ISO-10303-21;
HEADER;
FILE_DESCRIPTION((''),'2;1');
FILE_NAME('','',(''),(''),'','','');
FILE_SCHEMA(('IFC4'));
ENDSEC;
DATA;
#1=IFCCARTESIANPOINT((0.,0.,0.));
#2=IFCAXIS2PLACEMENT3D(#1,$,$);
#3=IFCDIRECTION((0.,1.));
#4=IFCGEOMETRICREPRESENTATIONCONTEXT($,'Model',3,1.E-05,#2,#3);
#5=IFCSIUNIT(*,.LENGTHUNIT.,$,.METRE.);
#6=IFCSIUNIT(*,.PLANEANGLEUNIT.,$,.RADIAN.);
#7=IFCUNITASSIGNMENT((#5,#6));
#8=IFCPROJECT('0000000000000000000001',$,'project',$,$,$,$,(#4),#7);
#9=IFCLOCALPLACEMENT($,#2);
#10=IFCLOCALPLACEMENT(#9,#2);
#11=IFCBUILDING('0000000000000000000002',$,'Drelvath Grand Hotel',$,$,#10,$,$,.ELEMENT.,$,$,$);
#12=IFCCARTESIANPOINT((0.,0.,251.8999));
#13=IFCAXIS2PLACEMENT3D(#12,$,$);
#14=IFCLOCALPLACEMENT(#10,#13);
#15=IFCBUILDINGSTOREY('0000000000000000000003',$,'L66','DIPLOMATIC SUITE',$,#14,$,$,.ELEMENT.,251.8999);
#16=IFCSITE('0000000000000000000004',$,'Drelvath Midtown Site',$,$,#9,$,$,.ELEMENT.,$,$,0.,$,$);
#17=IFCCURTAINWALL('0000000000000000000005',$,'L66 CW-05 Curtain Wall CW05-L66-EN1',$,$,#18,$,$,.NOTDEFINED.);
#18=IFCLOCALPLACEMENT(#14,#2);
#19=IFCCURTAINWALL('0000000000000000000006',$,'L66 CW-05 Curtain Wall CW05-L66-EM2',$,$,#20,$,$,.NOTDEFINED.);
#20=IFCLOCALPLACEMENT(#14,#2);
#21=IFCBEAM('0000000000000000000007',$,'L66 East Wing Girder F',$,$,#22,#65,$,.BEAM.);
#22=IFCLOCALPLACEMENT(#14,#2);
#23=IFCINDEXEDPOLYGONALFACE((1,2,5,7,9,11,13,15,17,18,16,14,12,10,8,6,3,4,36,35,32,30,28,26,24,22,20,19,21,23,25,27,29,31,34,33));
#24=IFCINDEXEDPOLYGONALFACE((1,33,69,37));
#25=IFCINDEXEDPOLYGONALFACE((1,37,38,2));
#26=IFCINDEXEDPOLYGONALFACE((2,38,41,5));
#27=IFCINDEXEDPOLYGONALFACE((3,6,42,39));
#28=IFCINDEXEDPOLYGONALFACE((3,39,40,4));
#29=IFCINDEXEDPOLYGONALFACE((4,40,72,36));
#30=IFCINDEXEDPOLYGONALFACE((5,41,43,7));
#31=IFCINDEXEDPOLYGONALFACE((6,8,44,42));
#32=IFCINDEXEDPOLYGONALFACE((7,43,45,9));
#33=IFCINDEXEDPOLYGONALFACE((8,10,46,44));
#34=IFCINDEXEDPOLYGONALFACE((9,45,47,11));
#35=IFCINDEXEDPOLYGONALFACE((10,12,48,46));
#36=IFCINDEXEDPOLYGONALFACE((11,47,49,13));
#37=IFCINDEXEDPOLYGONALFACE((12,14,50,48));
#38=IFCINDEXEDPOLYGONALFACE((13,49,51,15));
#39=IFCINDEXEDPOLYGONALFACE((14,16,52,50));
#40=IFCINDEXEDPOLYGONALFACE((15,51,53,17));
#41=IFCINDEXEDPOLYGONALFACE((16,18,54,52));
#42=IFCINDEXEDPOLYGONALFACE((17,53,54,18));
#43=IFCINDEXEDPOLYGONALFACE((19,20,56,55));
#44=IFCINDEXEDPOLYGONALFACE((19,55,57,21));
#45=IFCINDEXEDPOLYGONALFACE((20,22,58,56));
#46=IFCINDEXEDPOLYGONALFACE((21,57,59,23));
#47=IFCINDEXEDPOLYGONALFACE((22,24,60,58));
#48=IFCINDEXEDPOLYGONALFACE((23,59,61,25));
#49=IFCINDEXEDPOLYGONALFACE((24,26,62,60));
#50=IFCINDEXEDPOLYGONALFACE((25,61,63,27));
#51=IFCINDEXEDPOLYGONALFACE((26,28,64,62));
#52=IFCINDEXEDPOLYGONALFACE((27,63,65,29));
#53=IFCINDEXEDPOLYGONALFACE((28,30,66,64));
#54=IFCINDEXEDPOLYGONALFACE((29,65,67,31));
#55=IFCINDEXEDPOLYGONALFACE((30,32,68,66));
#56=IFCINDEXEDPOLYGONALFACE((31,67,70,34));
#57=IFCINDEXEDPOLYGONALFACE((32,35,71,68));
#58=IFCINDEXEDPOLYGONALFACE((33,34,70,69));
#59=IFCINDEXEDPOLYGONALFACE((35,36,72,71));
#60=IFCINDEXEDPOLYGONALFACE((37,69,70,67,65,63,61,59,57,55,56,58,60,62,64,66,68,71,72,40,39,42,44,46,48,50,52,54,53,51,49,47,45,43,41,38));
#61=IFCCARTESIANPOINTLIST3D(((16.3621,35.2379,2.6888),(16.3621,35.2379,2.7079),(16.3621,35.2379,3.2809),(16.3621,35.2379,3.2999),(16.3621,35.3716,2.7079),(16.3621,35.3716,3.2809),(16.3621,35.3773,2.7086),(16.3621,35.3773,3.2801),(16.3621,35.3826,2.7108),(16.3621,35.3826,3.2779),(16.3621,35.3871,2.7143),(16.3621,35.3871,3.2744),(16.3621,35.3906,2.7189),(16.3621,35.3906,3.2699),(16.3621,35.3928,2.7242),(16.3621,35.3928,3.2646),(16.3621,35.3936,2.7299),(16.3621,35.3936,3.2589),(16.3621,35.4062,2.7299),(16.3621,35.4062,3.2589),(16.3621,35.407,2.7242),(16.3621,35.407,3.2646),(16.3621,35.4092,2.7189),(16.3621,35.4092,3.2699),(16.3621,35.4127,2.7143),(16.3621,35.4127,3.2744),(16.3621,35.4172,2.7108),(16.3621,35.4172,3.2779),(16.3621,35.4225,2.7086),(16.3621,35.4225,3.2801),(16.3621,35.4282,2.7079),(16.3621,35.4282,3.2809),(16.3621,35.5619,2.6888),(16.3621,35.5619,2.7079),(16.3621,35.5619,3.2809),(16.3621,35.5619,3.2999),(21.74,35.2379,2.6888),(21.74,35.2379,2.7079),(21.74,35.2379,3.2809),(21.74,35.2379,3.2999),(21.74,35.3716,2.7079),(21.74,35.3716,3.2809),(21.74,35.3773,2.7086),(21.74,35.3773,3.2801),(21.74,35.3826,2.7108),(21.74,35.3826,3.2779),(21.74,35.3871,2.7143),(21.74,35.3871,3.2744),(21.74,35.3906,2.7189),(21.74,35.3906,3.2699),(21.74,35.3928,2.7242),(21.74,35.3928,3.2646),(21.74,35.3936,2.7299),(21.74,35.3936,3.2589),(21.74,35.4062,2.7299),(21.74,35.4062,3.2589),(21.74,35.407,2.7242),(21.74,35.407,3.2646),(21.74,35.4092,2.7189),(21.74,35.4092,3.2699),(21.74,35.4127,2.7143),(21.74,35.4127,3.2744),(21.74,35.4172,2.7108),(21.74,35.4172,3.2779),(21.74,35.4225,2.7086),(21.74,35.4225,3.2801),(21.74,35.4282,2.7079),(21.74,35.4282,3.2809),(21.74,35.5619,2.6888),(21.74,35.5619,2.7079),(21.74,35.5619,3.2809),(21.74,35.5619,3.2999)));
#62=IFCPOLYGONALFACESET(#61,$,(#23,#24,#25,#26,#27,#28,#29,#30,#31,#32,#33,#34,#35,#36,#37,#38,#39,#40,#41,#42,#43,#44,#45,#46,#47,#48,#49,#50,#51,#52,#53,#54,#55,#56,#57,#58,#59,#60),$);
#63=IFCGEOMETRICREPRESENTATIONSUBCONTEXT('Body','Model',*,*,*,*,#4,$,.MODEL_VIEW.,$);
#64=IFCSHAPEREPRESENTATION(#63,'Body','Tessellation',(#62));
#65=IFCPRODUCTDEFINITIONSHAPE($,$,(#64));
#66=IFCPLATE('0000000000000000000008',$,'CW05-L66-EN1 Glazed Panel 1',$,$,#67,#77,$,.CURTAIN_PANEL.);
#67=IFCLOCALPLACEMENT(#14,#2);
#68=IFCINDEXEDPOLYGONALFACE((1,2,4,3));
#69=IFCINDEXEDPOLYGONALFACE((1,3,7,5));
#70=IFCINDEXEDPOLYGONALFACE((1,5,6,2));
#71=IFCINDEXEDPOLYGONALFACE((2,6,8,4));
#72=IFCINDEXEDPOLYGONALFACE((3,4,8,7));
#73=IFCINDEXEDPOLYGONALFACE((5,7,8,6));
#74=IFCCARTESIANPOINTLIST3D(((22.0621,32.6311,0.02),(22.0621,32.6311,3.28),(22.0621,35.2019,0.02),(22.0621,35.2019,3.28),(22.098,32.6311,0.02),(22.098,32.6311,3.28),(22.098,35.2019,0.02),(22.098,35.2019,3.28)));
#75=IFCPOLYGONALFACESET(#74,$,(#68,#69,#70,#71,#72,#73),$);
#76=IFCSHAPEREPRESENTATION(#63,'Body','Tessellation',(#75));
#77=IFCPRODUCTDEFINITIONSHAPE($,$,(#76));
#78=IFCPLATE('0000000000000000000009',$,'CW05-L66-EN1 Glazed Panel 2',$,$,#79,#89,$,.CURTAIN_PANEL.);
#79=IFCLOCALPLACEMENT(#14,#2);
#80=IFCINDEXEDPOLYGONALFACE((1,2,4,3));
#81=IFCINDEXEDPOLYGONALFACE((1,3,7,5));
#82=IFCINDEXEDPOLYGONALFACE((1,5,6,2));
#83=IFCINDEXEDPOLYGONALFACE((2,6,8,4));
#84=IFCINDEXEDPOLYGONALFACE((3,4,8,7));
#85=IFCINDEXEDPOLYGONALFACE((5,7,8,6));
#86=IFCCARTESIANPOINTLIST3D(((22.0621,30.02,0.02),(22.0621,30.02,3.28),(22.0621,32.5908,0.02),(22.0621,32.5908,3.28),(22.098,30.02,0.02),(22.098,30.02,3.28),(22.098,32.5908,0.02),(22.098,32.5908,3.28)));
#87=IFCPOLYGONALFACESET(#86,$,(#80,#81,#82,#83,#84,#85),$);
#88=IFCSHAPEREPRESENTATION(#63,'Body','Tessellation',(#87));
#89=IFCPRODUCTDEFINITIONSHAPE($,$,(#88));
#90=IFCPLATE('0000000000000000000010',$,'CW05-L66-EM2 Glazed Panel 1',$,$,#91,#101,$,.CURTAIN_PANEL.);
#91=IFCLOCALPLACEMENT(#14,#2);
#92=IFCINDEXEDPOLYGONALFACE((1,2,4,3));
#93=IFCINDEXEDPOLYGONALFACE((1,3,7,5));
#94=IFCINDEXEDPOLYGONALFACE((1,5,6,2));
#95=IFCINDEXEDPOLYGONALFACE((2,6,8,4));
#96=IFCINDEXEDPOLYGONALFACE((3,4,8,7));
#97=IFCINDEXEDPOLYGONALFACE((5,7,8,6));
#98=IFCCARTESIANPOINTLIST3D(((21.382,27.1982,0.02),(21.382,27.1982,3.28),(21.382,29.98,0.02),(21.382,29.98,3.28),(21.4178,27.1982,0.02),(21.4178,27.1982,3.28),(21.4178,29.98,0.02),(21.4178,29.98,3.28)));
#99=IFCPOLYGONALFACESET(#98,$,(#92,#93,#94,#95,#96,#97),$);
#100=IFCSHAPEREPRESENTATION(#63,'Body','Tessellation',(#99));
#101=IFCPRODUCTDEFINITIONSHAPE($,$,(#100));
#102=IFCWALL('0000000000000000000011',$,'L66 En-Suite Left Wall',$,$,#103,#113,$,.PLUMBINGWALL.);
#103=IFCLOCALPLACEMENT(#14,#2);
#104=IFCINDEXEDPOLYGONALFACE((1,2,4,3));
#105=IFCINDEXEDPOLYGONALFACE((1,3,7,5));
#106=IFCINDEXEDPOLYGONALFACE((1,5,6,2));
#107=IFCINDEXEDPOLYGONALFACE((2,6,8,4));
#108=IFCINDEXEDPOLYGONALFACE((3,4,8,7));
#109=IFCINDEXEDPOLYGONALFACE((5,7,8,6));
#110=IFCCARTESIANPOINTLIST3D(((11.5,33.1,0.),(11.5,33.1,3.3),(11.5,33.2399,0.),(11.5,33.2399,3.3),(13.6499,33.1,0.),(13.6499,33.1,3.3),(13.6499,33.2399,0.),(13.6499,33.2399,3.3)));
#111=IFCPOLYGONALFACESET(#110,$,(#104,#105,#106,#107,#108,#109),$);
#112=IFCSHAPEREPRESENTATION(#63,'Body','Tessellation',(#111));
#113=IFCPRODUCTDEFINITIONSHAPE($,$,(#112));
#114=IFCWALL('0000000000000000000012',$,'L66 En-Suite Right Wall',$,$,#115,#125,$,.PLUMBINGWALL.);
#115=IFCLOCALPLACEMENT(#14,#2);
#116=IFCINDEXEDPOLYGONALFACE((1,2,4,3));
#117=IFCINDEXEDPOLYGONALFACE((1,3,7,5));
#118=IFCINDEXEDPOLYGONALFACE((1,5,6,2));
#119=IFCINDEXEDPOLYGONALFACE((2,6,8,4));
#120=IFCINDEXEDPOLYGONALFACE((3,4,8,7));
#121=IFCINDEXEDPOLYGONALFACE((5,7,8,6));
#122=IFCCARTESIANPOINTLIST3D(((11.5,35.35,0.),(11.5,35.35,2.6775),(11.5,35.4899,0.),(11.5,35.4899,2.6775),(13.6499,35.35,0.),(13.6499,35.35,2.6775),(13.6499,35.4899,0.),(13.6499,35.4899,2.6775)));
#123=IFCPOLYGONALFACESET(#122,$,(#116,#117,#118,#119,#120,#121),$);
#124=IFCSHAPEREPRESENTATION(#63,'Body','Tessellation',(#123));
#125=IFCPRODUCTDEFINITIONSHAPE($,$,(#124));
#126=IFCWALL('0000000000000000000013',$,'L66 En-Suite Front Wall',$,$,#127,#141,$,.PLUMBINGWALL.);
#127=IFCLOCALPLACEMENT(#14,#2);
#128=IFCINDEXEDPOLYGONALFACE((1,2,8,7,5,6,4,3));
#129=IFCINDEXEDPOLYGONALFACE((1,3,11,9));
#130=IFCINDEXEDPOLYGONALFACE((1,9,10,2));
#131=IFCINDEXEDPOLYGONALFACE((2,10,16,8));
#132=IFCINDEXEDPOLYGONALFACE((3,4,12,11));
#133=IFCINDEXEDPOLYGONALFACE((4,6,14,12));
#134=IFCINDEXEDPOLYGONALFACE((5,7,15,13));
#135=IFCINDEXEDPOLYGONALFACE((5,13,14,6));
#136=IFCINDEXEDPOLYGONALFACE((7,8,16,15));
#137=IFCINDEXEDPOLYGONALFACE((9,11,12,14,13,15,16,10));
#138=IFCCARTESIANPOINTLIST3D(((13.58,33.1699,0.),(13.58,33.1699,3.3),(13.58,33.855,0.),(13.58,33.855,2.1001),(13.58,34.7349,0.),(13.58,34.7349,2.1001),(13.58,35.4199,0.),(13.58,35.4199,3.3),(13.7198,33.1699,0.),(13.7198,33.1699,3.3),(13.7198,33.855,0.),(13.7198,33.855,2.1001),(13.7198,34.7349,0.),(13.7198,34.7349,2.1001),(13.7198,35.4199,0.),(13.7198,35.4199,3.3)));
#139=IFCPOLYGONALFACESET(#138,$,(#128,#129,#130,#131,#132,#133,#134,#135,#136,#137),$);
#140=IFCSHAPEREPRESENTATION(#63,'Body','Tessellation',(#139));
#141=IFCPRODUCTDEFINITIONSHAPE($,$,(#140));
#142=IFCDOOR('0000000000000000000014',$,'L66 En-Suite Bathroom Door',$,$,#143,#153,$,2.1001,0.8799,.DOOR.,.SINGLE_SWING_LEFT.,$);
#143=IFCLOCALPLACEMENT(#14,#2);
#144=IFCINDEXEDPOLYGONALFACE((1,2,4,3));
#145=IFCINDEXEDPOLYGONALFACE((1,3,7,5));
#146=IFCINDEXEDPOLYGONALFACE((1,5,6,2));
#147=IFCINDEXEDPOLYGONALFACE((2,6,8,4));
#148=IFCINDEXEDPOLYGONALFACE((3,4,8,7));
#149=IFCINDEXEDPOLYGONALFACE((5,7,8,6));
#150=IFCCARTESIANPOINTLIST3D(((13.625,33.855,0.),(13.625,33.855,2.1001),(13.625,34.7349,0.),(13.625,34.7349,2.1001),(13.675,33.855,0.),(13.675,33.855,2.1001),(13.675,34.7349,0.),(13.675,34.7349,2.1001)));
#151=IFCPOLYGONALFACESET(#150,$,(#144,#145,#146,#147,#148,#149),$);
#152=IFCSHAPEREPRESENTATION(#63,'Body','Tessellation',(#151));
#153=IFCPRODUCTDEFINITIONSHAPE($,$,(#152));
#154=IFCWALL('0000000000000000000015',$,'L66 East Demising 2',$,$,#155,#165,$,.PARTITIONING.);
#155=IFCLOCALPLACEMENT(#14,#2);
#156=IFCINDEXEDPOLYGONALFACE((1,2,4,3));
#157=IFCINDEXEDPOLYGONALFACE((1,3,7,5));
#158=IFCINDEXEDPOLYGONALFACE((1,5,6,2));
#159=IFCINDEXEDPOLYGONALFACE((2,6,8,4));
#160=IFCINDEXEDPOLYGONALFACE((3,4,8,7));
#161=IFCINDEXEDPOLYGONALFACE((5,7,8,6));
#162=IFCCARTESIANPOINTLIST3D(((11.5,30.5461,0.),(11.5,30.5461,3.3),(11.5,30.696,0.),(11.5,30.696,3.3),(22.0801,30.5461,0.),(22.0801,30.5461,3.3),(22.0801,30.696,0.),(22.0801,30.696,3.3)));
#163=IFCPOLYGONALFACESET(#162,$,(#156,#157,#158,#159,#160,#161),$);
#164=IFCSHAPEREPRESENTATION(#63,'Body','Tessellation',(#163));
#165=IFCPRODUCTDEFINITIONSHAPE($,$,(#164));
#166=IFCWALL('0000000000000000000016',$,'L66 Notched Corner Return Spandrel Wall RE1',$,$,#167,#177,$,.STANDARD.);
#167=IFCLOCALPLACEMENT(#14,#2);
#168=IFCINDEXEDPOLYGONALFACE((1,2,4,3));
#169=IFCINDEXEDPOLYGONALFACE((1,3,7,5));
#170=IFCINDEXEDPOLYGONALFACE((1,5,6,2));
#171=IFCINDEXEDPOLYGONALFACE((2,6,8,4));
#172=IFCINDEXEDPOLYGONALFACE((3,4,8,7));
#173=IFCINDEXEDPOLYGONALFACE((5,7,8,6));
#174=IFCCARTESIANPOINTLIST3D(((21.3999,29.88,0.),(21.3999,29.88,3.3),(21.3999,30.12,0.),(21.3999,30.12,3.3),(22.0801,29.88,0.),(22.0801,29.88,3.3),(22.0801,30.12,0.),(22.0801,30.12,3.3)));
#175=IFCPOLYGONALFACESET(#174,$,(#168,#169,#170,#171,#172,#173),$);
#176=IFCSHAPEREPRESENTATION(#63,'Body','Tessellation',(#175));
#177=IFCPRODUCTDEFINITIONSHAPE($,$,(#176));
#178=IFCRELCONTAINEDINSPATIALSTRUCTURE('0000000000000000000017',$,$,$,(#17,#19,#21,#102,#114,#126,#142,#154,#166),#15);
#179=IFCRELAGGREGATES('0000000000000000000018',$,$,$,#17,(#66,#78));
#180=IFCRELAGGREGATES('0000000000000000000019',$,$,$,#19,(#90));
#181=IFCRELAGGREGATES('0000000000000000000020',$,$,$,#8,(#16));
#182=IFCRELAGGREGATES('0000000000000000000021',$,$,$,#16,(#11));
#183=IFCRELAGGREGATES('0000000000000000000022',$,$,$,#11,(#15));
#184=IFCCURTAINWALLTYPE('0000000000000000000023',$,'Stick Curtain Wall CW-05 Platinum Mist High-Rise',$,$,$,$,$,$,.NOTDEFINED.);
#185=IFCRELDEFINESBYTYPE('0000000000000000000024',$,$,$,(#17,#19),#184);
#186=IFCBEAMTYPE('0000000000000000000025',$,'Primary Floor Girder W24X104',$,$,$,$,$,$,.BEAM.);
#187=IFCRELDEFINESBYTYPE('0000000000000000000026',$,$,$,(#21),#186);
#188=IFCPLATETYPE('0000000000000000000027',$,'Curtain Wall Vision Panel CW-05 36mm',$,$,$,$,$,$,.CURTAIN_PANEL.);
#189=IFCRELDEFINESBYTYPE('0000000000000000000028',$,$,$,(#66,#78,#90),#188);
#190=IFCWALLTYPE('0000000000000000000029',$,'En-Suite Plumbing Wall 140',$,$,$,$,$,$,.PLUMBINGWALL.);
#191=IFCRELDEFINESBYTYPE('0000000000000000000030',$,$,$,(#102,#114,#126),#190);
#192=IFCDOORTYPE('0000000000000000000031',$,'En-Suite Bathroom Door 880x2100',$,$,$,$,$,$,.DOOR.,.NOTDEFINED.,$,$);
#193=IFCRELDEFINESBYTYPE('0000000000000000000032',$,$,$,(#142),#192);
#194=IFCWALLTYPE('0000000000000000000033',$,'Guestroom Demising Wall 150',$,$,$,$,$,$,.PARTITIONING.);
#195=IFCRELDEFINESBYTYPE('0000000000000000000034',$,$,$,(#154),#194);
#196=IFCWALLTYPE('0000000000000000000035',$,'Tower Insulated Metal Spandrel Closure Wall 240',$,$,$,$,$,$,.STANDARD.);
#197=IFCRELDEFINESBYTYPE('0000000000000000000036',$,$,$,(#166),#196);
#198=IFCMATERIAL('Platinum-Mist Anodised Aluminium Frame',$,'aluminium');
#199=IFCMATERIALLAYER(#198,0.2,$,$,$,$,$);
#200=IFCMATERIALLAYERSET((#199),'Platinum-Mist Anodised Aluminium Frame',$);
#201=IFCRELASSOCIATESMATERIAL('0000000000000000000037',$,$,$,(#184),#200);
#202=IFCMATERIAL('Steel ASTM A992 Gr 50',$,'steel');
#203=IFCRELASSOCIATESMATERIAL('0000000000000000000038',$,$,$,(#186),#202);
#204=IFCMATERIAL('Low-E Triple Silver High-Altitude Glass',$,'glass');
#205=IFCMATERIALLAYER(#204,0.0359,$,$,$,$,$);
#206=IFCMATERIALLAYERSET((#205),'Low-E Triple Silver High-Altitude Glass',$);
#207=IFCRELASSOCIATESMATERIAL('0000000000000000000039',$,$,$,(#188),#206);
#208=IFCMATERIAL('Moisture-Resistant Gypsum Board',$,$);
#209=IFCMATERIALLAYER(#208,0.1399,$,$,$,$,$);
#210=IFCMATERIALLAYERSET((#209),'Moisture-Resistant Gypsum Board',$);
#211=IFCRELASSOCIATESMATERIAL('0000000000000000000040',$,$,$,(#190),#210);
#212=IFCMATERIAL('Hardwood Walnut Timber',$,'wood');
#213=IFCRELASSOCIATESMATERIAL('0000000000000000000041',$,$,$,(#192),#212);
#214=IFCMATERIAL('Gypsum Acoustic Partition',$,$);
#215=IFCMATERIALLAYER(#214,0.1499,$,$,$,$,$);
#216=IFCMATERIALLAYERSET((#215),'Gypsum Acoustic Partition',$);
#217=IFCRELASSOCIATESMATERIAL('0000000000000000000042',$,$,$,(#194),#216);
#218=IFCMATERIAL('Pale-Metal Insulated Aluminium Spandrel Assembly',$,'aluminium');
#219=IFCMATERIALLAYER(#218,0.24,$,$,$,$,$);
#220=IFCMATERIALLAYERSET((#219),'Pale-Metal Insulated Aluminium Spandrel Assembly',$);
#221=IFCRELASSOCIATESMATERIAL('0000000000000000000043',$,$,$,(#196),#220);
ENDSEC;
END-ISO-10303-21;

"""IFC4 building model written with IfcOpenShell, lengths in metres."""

from ifc_helpers import new_model, si_unit, direction, frame, frame_2d, origin, origin_2d, place, context, subcontext, project, spatial, rectangle, i_section, extrude, material, layer, layer_set, material_profile, profile_set, type_object, element, fill, aggregate, save


model = new_model("IFC4")

# Units and contexts
model_context = context("Model", 3, precision=1e-05, world=origin(), true_north=direction((0.0, 1.0)))
body_context = subcontext(model_context, "Body", "Model", "MODEL_VIEW")
ifc_project = project(units=[si_unit("LENGTHUNIT", "METRE"), si_unit("PLANEANGLEUNIT", "RADIAN")], contexts=[model_context])

# Site, building, storey
site_placement = place(None, origin())
site = spatial("IfcSite", under=ifc_project, at=site_placement, Name="Drelvath Midtown Site", CompositionType="ELEMENT", RefElevation=0.0)
building_placement = place(site_placement, origin())
building = spatial("IfcBuilding", under=site, at=building_placement, Name="Drelvath Grand Hotel", CompositionType="ELEMENT")
storey_placement = place(building_placement, frame((0.0, 0.0, 251.8999)))
storey = spatial("IfcBuildingStorey", under=building, at=storey_placement, Name="L66", Description="DIPLOMATIC SUITE", CompositionType="ELEMENT", Elevation=251.8999)

# Curtain walls
ifc_material_1 = material(Name="Platinum-Mist Anodised Aluminium Frame", Category="aluminium")
ifc_layer_1 = layer(ifc_material_1, 0.2)
ifc_layer_set_1 = layer_set([ifc_layer_1], Name="Platinum-Mist Anodised Aluminium Frame")
curtain_wall_type = type_object("IfcCurtainWallType", Name="Stick Curtain Wall CW-05 Platinum Mist High-Rise", PredefinedType="NOTDEFINED", material=ifc_layer_set_1)
curtain_wall_1_placement = place(storey_placement, origin())
curtain_wall_1 = element("IfcCurtainWall", 1, at=curtain_wall_1_placement, inside=storey, type_object=curtain_wall_type, Name="L66 CW-05 Curtain Wall CW05-L66-EN1", PredefinedType="NOTDEFINED")
curtain_wall_2_placement = place(storey_placement, origin())
curtain_wall_2 = element("IfcCurtainWall", 2, at=curtain_wall_2_placement, inside=storey, type_object=curtain_wall_type, Name="L66 CW-05 Curtain Wall CW05-L66-EM2", PredefinedType="NOTDEFINED")

# Beam
ifc_material_2 = material(Name="Steel ASTM A992 Gr 50", Category="steel")
ifc_material_profile_1 = material_profile(ifc_material_2, i_section(OverallWidth=0.324, OverallDepth=0.6111, WebThickness=0.0127, FlangeThickness=0.019, FilletRadius=0.022, at=origin_2d()), Name="W24X104")
ifc_profile_set_1 = profile_set([ifc_material_profile_1], Name="Steel ASTM A992 Gr 50")
beam_type_1 = type_object("IfcBeamType", Name="Primary Floor Girder W24X104", PredefinedType="BEAM", material=ifc_profile_set_1)
beam_1_placement = place(storey_placement, frame((16.3621, 35.3999, 2.9944), z_axis=(1.0, 0.0, 0.0), x_axis=(0.0, 1.0, 0.0)))
element("IfcBeam", 3, at=beam_1_placement, inside=storey, type_object=beam_type_1, Name="L66 East Wing Girder F", PredefinedType="BEAM", context=body_context, shape_type="SweptSolid", body=[
    extrude(i_section(OverallWidth=0.324, OverallDepth=0.6111, WebThickness=0.0127, FlangeThickness=0.019, FilletRadius=0.022, at=origin_2d()), origin(), (0.0, 0.0, 1.0), 5.3779),
])

# Plates
ifc_material_3 = material(Name="Low-E Triple Silver High-Altitude Glass", Category="glass")
ifc_layer_2 = layer(ifc_material_3, 0.0359)
ifc_layer_set_2 = layer_set([ifc_layer_2], Name="Low-E Triple Silver High-Altitude Glass")
plate_type = type_object("IfcPlateType", Name="Curtain Wall Vision Panel CW-05 36mm", PredefinedType="CURTAIN_PANEL", material=ifc_layer_set_2)
plate_1_placement = place(storey_placement, frame((22.0801, 33.9165, 0.02), z_axis=(0.0, 0.0, 1.0), x_axis=(0.0, -1.0, 0.0)))
plate_1 = element("IfcPlate", 4, at=plate_1_placement, type_object=plate_type, Name="CW05-L66-EN1 Glazed Panel 1", PredefinedType="CURTAIN_PANEL", context=body_context, shape_type="SweptSolid", body=[
    extrude(rectangle(XDim=2.5708, YDim=0.0359, at=origin_2d()), origin(), (0.0, 0.0, 1.0), 3.26),
])
plate_2_placement = place(storey_placement, frame((22.0801, 31.3054, 0.02), z_axis=(0.0, 0.0, 1.0), x_axis=(0.0, -1.0, 0.0)))
plate_2 = element("IfcPlate", 5, at=plate_2_placement, type_object=plate_type, Name="CW05-L66-EN1 Glazed Panel 2", PredefinedType="CURTAIN_PANEL", context=body_context, shape_type="SweptSolid", body=[
    extrude(rectangle(XDim=2.5708, YDim=0.0359, at=origin_2d()), origin(), (0.0, 0.0, 1.0), 3.26),
])
aggregate(curtain_wall_1, [plate_1, plate_2])
plate_3_placement = place(storey_placement, frame((21.3999, 28.5891, 0.02), z_axis=(0.0, 0.0, 1.0), x_axis=(0.0, -1.0, 0.0)))
plate_3 = element("IfcPlate", 6, at=plate_3_placement, type_object=plate_type, Name="CW05-L66-EM2 Glazed Panel 1", PredefinedType="CURTAIN_PANEL", context=body_context, shape_type="SweptSolid", body=[
    extrude(rectangle(XDim=2.7817, YDim=0.0359, at=origin_2d()), origin(), (0.0, 0.0, 1.0), 3.26),
])
aggregate(curtain_wall_2, [plate_3])

# Walls
ifc_material_4 = material(Name="Moisture-Resistant Gypsum Board")
ifc_layer_3 = layer(ifc_material_4, 0.1399)
ifc_layer_set_3 = layer_set([ifc_layer_3], Name="Moisture-Resistant Gypsum Board")
wall_type_1 = type_object("IfcWallType", Name="En-Suite Plumbing Wall 140", PredefinedType="PLUMBINGWALL", material=ifc_layer_set_3)
wall_1_placement = place(storey_placement, frame((11.5, 33.1699, 0.0), z_axis=(0.0, 0.0, 1.0), x_axis=(1.0, 0.0, 0.0)))
element("IfcWall", 7, at=wall_1_placement, inside=storey, type_object=wall_type_1, Name="L66 En-Suite Left Wall", PredefinedType="PLUMBINGWALL", context=body_context, shape_type="SweptSolid", body=[
    extrude(rectangle(XDim=2.1499, YDim=0.1399, at=frame_2d((1.075, 0.0))), origin(), (0.0, 0.0, 1.0), 3.3),
])
wall_2_placement = place(storey_placement, frame((11.5, 35.4199, 0.0), z_axis=(0.0, 0.0, 1.0), x_axis=(1.0, 0.0, 0.0)))
element("IfcWall", 8, at=wall_2_placement, inside=storey, type_object=wall_type_1, Name="L66 En-Suite Right Wall", PredefinedType="PLUMBINGWALL", context=body_context, shape_type="SweptSolid", body=[
    extrude(rectangle(XDim=2.1499, YDim=0.1399, at=frame_2d((1.075, 0.0))), origin(), (0.0, 0.0, 1.0), 2.6775),
])

# Wall, opening, door
wall_3_placement = place(storey_placement, frame((13.6499, 33.1699, 0.0), z_axis=(0.0, 0.0, 1.0), x_axis=(0.0, 1.0, 0.0)))
wall_3 = element("IfcWall", 9, at=wall_3_placement, inside=storey, type_object=wall_type_1, Name="L66 En-Suite Front Wall", PredefinedType="PLUMBINGWALL", context=body_context, shape_type="SweptSolid", body=[
    extrude(rectangle(XDim=2.25, YDim=0.1399, at=frame_2d((1.125, 0.0))), origin(), (0.0, 0.0, 1.0), 3.3),
])
opening_placement = place(wall_3_placement, frame((0.6851, 0.0, 0.0)))
opening = element("IfcOpeningElement", 10, at=opening_placement, cuts=wall_3, PredefinedType="OPENING", context=body_context, shape_type="SweptSolid", body=[
    extrude(rectangle(XDim=0.8799, YDim=2.1001, at=frame_2d((0.4399, 1.05))), frame((0.0, 0.0798, 0.0), z_axis=(0.0, -1.0, 0.0), x_axis=(1.0, 0.0, 0.0)), (0.0, 0.0, 1.0), 0.1599),
])
ifc_material_5 = material(Name="Hardwood Walnut Timber", Category="wood")
door_type = type_object("IfcDoorType", Name="En-Suite Bathroom Door 880x2100", OperationType="NOTDEFINED", PredefinedType="DOOR", material=ifc_material_5)
door_placement = place(opening_placement, origin())
door = element("IfcDoor", 11, at=door_placement, inside=storey, type_object=door_type, Name="L66 En-Suite Bathroom Door", OperationType="SINGLE_SWING_LEFT", OverallHeight=2.1001, OverallWidth=0.8799, PredefinedType="DOOR", context=body_context, shape_type="SweptSolid", body=[
    extrude(rectangle(XDim=0.8799, YDim=2.1001, at=frame_2d((0.4399, 1.05))), frame((0.0, 0.0249, 0.0), z_axis=(0.0, -1.0, 0.0), x_axis=(1.0, 0.0, 0.0)), (0.0, 0.0, 1.0), 0.05),
])
fill(opening, door)

# Walls
ifc_material_6 = material(Name="Gypsum Acoustic Partition")
ifc_layer_4 = layer(ifc_material_6, 0.1499)
ifc_layer_set_4 = layer_set([ifc_layer_4], Name="Gypsum Acoustic Partition")
wall_type_2 = type_object("IfcWallType", Name="Guestroom Demising Wall 150", PredefinedType="PARTITIONING", material=ifc_layer_set_4)
wall_4_placement = place(storey_placement, frame((11.5, 30.6211, 0.0), z_axis=(0.0, 0.0, 1.0), x_axis=(1.0, 0.0, 0.0)))
element("IfcWall", 12, at=wall_4_placement, inside=storey, type_object=wall_type_2, Name="L66 East Demising 2", PredefinedType="PARTITIONING", context=body_context, shape_type="SweptSolid", body=[
    extrude(rectangle(XDim=10.5801, YDim=0.1499, at=frame_2d((5.29, 0.0))), origin(), (0.0, 0.0, 1.0), 3.3),
])
ifc_material_7 = material(Name="Pale-Metal Insulated Aluminium Spandrel Assembly", Category="aluminium")
ifc_layer_5 = layer(ifc_material_7, 0.24)
ifc_layer_set_5 = layer_set([ifc_layer_5], Name="Pale-Metal Insulated Aluminium Spandrel Assembly")
wall_type_3 = type_object("IfcWallType", Name="Tower Insulated Metal Spandrel Closure Wall 240", PredefinedType="STANDARD", material=ifc_layer_set_5)
wall_5_placement = place(storey_placement, frame((22.0801, 30.0, 0.0), z_axis=(0.0, 0.0, 1.0), x_axis=(-1.0, 0.0, 0.0)))
element("IfcWall", 13, at=wall_5_placement, inside=storey, type_object=wall_type_3, Name="L66 Notched Corner Return Spandrel Wall RE1", PredefinedType="STANDARD", context=body_context, shape_type="SweptSolid", body=[
    extrude(rectangle(XDim=0.6802, YDim=0.24, at=frame_2d((0.3401, 0.0))), origin(), (0.0, 0.0, 1.0), 3.3),
])

save(model, "model.ifc")
